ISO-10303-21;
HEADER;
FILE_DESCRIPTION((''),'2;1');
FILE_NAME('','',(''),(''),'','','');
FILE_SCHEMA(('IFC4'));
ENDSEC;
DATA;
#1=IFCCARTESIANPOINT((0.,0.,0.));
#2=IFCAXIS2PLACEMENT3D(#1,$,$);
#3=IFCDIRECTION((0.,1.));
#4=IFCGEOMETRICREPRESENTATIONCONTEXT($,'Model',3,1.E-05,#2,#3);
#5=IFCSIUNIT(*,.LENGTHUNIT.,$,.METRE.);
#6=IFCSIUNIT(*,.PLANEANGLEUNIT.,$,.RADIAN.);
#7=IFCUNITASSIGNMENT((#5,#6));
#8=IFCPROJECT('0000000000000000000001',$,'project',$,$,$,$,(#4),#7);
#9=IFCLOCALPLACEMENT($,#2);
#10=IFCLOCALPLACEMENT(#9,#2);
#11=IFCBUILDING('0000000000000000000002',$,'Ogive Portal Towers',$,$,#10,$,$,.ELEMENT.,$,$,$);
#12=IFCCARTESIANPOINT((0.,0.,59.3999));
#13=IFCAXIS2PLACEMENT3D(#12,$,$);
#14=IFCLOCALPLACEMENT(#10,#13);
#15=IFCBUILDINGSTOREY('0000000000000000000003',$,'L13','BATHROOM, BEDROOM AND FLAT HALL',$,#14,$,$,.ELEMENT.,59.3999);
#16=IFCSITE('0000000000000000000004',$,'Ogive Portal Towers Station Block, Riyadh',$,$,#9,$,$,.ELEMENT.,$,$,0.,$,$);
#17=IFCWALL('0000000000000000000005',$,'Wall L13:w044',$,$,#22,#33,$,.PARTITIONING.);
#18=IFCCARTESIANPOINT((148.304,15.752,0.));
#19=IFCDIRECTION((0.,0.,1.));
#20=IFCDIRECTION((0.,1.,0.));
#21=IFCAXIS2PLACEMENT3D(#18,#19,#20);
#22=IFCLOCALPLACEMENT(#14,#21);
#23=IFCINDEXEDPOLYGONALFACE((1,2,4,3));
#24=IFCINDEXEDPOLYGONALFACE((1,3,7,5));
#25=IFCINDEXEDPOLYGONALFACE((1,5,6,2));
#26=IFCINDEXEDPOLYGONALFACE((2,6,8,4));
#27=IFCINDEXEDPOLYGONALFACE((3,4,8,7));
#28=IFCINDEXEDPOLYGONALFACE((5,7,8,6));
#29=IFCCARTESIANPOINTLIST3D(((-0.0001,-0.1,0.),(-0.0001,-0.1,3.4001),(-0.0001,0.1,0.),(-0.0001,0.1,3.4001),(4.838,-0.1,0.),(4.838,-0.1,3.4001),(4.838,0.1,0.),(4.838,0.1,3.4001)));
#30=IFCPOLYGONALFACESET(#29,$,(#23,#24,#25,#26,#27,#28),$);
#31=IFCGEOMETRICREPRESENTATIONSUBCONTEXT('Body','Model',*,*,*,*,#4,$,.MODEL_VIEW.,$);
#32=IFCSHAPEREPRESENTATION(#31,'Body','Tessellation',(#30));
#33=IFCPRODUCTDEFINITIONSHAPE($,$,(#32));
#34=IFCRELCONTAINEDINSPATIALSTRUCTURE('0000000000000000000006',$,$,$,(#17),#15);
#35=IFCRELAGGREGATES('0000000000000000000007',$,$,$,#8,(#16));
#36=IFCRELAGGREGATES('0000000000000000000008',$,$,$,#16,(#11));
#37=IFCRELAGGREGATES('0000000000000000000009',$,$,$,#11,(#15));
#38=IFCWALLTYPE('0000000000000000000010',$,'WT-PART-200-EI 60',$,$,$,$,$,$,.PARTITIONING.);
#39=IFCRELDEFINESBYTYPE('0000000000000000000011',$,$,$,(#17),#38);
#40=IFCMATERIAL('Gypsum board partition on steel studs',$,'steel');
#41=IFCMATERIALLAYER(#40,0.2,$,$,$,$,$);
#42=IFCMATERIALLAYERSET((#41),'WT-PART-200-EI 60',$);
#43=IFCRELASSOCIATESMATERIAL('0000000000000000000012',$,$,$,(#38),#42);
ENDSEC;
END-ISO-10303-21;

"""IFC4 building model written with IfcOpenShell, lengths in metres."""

from ifc_helpers import new_model, si_unit, direction, frame, frame_2d, origin, place, context, subcontext, project, spatial, rectangle, extrude, material, layer, layer_set, type_object, element, save


model = new_model("IFC4")

# Units and contexts
model_context = context("Model", 3, precision=1e-05, world=origin(), true_north=direction((0.0, 1.0)))
body_context = subcontext(model_context, "Body", "Model", "MODEL_VIEW")
ifc_project = project(units=[si_unit("LENGTHUNIT", "METRE"), si_unit("PLANEANGLEUNIT", "RADIAN")], contexts=[model_context])

# Site, building, storey
site_placement = place(None, origin())
site = spatial("IfcSite", under=ifc_project, at=site_placement, Name="Ogive Portal Towers Station Block, Riyadh", CompositionType="ELEMENT", RefElevation=0.0)
building_placement = place(site_placement, origin())
building = spatial("IfcBuilding", under=site, at=building_placement, Name="Ogive Portal Towers", CompositionType="ELEMENT")
storey_placement = place(building_placement, frame((0.0, 0.0, 59.3999)))
storey = spatial("IfcBuildingStorey", under=building, at=storey_placement, Name="L13", Description="BATHROOM, BEDROOM AND FLAT HALL", CompositionType="ELEMENT", Elevation=59.3999)

# Wall
ifc_material_1 = material(Name="Gypsum board partition on steel studs", Category="steel")
ifc_layer_1 = layer(ifc_material_1, 0.2)
ifc_layer_set_1 = layer_set([ifc_layer_1], Name="WT-PART-200-EI 60")
wall_type_1 = type_object("IfcWallType", Name="WT-PART-200-EI 60", PredefinedType="PARTITIONING", material=ifc_layer_set_1)
wall_1_placement = place(storey_placement, frame((148.304, 15.752, 0.0), z_axis=(0.0, 0.0, 1.0), x_axis=(0.0, 1.0, 0.0)))
element("IfcWall", 1, at=wall_1_placement, inside=storey, type_object=wall_type_1, Name="Wall L13:w044", PredefinedType="PARTITIONING", context=body_context, shape_type="SweptSolid", body=[
    extrude(rectangle(XDim=4.8381, YDim=0.2, at=frame_2d((2.4189, 0.0))), origin(), (0.0, 0.0, 1.0), 3.4001),
])

save(model, "model.ifc")
